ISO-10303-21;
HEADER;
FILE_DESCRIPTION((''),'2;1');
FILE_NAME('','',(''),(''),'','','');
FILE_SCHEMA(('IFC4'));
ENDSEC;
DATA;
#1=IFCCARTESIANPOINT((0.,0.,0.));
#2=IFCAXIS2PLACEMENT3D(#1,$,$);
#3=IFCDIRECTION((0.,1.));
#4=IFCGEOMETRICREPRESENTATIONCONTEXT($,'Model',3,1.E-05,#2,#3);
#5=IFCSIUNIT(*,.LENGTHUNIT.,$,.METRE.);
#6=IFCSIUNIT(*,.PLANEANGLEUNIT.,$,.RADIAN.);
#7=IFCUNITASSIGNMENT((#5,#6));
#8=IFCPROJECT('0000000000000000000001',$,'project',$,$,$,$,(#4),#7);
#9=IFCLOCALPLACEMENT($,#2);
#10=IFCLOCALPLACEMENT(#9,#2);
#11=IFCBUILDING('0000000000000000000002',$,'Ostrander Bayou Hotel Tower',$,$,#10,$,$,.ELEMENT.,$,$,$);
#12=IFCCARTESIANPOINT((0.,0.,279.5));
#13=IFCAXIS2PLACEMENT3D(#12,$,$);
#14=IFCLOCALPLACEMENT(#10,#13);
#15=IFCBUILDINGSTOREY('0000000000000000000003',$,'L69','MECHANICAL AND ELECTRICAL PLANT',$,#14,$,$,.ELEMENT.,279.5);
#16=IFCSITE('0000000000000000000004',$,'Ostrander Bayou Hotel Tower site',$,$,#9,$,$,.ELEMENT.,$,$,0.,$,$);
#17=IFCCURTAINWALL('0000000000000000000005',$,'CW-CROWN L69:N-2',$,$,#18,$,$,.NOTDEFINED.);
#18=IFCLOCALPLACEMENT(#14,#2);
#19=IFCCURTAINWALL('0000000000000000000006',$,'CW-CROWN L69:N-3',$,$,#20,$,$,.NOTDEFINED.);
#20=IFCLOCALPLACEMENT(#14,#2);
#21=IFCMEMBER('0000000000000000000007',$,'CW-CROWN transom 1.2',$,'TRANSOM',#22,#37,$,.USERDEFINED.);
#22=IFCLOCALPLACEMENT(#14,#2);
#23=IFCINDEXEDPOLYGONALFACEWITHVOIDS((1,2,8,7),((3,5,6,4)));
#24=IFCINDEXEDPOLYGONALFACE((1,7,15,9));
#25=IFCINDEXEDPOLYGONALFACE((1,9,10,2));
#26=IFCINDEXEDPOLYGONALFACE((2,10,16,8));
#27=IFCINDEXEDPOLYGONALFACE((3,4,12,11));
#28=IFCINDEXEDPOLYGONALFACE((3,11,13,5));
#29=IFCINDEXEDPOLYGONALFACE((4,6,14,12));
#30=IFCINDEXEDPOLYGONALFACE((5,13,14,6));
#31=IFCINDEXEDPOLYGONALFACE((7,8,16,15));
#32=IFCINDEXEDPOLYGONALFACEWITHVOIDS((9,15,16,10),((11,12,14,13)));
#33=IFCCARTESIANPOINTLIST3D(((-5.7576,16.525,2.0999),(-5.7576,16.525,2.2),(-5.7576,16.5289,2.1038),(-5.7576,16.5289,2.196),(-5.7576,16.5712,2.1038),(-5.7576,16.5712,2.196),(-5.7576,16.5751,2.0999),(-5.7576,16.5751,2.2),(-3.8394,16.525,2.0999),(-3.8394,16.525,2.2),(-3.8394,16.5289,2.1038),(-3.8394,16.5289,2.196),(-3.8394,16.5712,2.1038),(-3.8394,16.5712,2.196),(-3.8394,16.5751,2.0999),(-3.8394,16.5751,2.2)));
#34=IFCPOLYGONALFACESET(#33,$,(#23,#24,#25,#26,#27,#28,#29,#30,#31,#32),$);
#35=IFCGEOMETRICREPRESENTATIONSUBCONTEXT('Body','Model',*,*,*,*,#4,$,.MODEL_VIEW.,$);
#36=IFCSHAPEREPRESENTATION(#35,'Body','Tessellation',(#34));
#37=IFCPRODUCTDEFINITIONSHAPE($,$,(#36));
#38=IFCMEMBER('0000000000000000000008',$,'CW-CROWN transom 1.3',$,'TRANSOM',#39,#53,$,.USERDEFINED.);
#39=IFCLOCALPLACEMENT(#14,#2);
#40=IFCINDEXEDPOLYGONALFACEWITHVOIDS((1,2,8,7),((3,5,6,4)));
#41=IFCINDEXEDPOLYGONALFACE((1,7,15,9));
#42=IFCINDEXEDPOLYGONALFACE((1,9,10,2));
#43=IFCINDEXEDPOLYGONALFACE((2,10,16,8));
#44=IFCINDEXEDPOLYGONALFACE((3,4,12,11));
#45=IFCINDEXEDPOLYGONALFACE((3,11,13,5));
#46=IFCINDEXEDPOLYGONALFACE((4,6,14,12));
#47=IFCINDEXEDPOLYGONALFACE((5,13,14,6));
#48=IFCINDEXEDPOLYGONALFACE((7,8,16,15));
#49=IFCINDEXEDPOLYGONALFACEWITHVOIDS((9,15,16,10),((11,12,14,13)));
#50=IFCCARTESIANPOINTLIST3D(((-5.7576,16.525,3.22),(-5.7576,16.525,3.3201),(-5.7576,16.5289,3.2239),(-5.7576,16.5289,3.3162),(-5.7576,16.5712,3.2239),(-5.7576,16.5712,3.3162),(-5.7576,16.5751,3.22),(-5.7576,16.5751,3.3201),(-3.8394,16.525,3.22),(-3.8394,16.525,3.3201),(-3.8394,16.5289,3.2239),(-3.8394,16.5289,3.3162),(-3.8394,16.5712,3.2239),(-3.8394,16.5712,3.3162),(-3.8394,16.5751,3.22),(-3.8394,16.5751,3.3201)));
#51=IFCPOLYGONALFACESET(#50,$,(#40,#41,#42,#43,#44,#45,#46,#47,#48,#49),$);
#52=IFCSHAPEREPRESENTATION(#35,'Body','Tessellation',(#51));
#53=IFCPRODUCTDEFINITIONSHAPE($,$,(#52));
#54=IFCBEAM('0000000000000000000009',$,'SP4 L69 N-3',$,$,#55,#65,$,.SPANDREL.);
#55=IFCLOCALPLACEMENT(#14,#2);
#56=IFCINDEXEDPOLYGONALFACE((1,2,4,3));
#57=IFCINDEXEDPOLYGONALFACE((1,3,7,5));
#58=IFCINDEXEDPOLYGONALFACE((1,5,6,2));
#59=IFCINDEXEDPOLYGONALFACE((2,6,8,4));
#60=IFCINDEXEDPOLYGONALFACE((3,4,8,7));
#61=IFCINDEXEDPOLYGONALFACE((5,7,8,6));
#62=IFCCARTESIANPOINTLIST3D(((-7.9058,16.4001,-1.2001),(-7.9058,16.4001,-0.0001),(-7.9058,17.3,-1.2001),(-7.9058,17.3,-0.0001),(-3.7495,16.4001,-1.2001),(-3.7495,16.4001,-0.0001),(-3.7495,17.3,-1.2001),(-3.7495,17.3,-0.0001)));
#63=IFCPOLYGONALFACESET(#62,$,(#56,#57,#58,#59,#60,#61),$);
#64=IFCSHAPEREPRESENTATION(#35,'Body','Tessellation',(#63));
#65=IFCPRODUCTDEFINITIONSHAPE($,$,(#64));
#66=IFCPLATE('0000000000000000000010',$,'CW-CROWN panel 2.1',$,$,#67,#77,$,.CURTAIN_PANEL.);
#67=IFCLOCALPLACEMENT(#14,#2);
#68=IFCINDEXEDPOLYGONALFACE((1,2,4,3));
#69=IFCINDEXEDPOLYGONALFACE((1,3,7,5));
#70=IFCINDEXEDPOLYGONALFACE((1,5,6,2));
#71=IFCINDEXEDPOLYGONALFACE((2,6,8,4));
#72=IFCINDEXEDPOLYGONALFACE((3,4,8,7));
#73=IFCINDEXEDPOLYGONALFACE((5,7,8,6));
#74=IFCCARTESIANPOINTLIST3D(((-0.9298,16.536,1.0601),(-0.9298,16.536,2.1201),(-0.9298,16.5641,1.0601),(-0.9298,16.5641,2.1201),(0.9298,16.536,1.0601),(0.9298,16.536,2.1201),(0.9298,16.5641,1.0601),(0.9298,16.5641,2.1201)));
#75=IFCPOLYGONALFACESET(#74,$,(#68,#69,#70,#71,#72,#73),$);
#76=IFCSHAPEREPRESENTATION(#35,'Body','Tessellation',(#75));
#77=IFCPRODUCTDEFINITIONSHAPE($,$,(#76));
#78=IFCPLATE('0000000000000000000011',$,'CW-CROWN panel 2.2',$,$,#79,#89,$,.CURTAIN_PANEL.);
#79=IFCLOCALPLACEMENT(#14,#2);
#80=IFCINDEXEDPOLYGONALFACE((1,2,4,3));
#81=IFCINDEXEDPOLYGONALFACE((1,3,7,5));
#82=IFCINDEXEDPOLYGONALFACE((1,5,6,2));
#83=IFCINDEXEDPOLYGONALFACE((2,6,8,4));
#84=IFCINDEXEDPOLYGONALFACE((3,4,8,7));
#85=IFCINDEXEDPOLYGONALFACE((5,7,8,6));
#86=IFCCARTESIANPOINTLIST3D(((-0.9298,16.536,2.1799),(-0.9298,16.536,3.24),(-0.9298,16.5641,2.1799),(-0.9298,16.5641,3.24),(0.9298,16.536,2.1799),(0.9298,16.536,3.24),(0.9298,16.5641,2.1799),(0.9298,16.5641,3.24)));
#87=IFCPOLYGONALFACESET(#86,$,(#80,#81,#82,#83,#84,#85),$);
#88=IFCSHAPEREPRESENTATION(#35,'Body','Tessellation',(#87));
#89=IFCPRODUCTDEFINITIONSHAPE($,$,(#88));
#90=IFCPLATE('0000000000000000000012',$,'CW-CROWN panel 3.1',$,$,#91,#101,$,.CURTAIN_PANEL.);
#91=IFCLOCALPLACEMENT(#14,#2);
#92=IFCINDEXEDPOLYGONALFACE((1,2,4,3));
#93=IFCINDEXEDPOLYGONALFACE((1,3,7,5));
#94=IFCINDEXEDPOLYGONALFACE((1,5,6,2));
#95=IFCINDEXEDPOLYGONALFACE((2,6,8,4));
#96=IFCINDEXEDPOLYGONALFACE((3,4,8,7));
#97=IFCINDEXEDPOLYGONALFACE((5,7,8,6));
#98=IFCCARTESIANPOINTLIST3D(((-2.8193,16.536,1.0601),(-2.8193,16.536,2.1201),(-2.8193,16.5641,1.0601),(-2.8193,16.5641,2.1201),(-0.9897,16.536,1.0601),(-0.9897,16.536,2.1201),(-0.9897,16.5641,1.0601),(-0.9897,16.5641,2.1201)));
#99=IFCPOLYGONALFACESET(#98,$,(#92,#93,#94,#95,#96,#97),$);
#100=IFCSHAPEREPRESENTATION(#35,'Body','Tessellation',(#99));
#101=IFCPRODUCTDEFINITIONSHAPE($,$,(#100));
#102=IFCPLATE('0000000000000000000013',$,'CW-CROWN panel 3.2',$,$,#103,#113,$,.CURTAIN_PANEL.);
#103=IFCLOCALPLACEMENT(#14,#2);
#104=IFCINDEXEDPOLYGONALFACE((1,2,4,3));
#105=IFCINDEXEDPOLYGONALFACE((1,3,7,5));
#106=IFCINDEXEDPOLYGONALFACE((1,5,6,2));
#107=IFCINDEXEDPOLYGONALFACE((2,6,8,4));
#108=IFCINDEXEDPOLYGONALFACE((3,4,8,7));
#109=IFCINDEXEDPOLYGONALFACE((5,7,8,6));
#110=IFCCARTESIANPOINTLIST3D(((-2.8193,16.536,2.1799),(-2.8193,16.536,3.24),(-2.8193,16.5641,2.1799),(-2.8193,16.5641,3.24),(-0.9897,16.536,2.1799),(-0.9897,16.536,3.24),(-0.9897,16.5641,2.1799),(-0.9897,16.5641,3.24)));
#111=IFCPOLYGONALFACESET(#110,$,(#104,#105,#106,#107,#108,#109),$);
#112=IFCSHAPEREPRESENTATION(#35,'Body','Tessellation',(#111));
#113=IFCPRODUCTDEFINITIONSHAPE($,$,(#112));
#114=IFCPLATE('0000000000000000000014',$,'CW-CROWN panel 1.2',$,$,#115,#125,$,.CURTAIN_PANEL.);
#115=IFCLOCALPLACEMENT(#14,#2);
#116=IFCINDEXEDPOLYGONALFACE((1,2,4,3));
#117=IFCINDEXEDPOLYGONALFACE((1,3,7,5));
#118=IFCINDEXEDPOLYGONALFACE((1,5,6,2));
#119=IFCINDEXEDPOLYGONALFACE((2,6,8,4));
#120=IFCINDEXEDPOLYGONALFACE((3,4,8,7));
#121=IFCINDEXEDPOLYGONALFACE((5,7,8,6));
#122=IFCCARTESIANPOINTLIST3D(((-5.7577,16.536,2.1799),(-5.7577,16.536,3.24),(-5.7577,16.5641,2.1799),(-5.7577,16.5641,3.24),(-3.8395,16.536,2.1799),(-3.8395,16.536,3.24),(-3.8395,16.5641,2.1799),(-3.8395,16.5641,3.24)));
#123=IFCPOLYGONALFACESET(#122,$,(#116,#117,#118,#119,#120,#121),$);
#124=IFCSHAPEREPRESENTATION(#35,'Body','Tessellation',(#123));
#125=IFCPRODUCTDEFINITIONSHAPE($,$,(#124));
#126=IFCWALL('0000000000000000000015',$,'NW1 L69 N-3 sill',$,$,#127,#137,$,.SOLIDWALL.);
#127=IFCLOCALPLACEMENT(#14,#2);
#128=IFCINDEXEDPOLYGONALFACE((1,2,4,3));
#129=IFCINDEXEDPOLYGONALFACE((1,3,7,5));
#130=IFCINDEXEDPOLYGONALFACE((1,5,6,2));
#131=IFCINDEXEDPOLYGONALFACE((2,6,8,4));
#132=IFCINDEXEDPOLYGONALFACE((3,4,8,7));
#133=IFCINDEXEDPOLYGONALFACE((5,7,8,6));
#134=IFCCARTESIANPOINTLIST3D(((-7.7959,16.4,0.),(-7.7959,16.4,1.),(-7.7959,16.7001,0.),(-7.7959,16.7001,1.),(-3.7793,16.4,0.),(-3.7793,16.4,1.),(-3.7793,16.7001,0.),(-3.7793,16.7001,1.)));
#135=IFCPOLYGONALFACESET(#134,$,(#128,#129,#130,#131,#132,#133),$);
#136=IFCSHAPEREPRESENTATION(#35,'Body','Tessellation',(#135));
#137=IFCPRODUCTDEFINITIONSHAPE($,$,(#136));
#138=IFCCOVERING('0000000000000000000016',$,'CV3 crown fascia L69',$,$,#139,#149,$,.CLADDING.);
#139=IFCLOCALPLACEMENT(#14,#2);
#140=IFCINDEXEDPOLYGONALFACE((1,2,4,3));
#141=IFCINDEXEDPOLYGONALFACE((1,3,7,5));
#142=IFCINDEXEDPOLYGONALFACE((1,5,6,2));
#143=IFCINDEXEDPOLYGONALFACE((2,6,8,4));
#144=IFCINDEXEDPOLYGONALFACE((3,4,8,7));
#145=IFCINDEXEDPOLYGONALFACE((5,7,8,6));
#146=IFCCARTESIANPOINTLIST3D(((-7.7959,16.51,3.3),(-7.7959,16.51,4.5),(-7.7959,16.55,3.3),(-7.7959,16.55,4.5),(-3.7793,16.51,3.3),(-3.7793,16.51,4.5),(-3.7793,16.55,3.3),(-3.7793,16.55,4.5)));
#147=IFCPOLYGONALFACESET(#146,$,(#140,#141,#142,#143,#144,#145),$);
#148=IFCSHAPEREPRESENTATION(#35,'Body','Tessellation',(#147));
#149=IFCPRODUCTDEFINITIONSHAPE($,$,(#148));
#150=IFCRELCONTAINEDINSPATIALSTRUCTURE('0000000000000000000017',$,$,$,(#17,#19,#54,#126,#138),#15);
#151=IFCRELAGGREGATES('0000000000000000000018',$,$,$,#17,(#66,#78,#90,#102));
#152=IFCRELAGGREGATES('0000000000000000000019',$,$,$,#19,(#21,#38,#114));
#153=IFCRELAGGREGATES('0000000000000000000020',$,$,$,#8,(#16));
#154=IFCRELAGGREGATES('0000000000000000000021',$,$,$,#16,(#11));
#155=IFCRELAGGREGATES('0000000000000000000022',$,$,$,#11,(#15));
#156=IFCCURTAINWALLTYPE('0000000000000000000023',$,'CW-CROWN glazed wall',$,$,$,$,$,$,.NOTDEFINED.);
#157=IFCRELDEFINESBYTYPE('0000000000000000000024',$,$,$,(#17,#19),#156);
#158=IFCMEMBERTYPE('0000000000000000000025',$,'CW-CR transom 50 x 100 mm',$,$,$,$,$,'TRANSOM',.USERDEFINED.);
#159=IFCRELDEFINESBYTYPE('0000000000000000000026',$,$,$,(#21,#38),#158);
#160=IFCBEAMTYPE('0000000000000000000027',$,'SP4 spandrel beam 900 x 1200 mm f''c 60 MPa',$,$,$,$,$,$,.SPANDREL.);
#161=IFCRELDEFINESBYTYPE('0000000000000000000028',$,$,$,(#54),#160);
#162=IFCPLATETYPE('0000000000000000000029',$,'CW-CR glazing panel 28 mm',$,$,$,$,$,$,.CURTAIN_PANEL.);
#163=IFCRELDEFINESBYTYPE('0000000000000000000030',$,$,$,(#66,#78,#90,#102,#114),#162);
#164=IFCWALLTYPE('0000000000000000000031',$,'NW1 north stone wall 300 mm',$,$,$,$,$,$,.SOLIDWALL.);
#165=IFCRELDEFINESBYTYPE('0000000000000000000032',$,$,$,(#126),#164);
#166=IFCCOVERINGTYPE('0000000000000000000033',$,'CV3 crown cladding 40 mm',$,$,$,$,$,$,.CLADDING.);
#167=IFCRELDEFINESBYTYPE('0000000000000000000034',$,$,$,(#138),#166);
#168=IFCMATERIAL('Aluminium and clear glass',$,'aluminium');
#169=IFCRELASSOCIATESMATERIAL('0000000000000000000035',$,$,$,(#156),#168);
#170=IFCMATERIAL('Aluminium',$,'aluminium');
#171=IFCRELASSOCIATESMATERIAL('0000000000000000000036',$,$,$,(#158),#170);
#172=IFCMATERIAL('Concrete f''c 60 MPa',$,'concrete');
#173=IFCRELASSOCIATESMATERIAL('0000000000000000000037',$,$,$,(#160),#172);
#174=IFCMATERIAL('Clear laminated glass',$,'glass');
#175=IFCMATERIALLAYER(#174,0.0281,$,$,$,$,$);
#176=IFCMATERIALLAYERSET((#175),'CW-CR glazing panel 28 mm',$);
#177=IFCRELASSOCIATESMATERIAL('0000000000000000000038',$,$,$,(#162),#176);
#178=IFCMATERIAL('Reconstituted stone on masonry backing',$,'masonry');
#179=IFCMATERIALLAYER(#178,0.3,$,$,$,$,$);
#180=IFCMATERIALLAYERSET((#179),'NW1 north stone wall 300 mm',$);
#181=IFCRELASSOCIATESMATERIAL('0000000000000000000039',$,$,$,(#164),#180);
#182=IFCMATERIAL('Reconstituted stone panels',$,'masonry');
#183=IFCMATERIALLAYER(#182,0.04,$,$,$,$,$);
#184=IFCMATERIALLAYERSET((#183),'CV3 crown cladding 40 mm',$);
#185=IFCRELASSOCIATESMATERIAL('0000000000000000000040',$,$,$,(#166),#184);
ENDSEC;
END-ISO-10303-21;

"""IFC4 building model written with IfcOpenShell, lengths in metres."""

from ifc_helpers import new_model, si_unit, direction, frame, frame_2d, origin, origin_2d, place, context, subcontext, project, spatial, polyline, rectangle, hollow_rectangle, outline, extrude, material, layer, layer_set, material_profile, profile_set, type_object, element, aggregate, save


model = new_model("IFC4")

# Units and contexts
model_context = context("Model", 3, precision=1e-05, world=origin(), true_north=direction((0.0, 1.0)))
body_context = subcontext(model_context, "Body", "Model", "MODEL_VIEW")
ifc_project = project(units=[si_unit("LENGTHUNIT", "METRE"), si_unit("PLANEANGLEUNIT", "RADIAN")], contexts=[model_context])

# Site, building, storey
site_placement = place(None, origin())
site = spatial("IfcSite", under=ifc_project, at=site_placement, Name="Ostrander Bayou Hotel Tower site", CompositionType="ELEMENT", RefElevation=0.0)
building_placement = place(site_placement, origin())
building = spatial("IfcBuilding", under=site, at=building_placement, Name="Ostrander Bayou Hotel Tower", CompositionType="ELEMENT")
storey_placement = place(building_placement, frame((0.0, 0.0, 279.5)))
storey = spatial("IfcBuildingStorey", under=building, at=storey_placement, Name="L69", Description="MECHANICAL AND ELECTRICAL PLANT", CompositionType="ELEMENT", Elevation=279.5)

# Curtain wall
ifc_material_1 = material(Name="Aluminium and clear glass", Category="aluminium")
curtain_wall_type = type_object("IfcCurtainWallType", Name="CW-CROWN glazed wall", PredefinedType="NOTDEFINED", material=ifc_material_1)
curtain_wall_1_placement = place(storey_placement, origin())
curtain_wall_1 = element("IfcCurtainWall", 1, at=curtain_wall_1_placement, inside=storey, type_object=curtain_wall_type, Name="CW-CROWN L69:N-2", PredefinedType="NOTDEFINED")

# Curtain wall
curtain_wall_2_placement = place(storey_placement, origin())
curtain_wall_2 = element("IfcCurtainWall", 2, at=curtain_wall_2_placement, inside=storey, type_object=curtain_wall_type, Name="CW-CROWN L69:N-3", PredefinedType="NOTDEFINED")

# Members
ifc_material_2 = material(Name="Aluminium", Category="aluminium")
ifc_material_profile_1 = material_profile(ifc_material_2, hollow_rectangle(XDim=0.05, YDim=0.1001, WallThickness=0.0039, at=origin_2d()))
ifc_profile_set_1 = profile_set([ifc_material_profile_1], Name="Aluminium")
member_type_1 = type_object("IfcMemberType", Name="CW-CR transom 50 x 100 mm", ElementType="TRANSOM", PredefinedType="USERDEFINED", material=ifc_profile_set_1)
member_1_placement = place(storey_placement, frame((-3.8394, 16.55, 2.1499), z_axis=(-1.0, 0.0, 0.0), x_axis=(0.0, -1.0, 0.0)))
member_1 = element("IfcMember", 3, at=member_1_placement, type_object=member_type_1, Name="CW-CROWN transom 1.2", ObjectType="TRANSOM", PredefinedType="USERDEFINED", context=body_context, shape_type="SweptSolid", body=[
    extrude(hollow_rectangle(XDim=0.05, YDim=0.1001, WallThickness=0.0039, at=origin_2d()), origin(), (0.0, 0.0, 1.0), 1.9182),
])
member_2_placement = place(storey_placement, frame((-3.8394, 16.55, 3.27), z_axis=(-1.0, 0.0, 0.0), x_axis=(0.0, -1.0, 0.0)))
member_2 = element("IfcMember", 4, at=member_2_placement, type_object=member_type_1, Name="CW-CROWN transom 1.3", ObjectType="TRANSOM", PredefinedType="USERDEFINED", context=body_context, shape_type="SweptSolid", body=[
    extrude(hollow_rectangle(XDim=0.05, YDim=0.1001, WallThickness=0.0039, at=origin_2d()), origin(), (0.0, 0.0, 1.0), 1.9182),
])

# Beam
ifc_material_3 = material(Name="Concrete f'c 60 MPa", Category="concrete")
ifc_material_profile_2 = material_profile(ifc_material_3, rectangle(XDim=0.8999, YDim=1.2, at=origin_2d()))
ifc_profile_set_2 = profile_set([ifc_material_profile_2], Name="Concrete f'c 60 MPa")
beam_type = type_object("IfcBeamType", Name="SP4 spandrel beam 900 x 1200 mm f'c 60 MPa", PredefinedType="SPANDREL", material=ifc_profile_set_2)
beam_placement = place(storey_placement, frame((-3.7495, 16.8501, -0.6001), z_axis=(-1.0, 0.0, 0.0), x_axis=(0.0, -1.0, 0.0)))
element("IfcBeam", 5, at=beam_placement, inside=storey, type_object=beam_type, Name="SP4 L69 N-3", PredefinedType="SPANDREL", context=body_context, shape_type="SweptSolid", body=[
    extrude(rectangle(XDim=0.8999, YDim=1.2, at=origin_2d()), origin(), (0.0, 0.0, 1.0), 4.1562),
])

# Plates
ifc_material_4 = material(Name="Clear laminated glass", Category="glass")
ifc_layer_1 = layer(ifc_material_4, 0.0281)
ifc_layer_set_1 = layer_set([ifc_layer_1], Name="CW-CR glazing panel 28 mm")
plate_type = type_object("IfcPlateType", Name="CW-CR glazing panel 28 mm", PredefinedType="CURTAIN_PANEL", material=ifc_layer_set_1)
plate_1_placement = place(storey_placement, frame((0.0, 16.55, 1.0601), z_axis=(0.0, 0.0, 1.0), x_axis=(-1.0, 0.0, 0.0)))
plate_1 = element("IfcPlate", 6, at=plate_1_placement, type_object=plate_type, Name="CW-CROWN panel 2.1", PredefinedType="CURTAIN_PANEL", context=body_context, shape_type="SweptSolid", body=[
    extrude(rectangle(XDim=1.8596, YDim=0.0281, at=origin_2d()), origin(), (0.0, 0.0, 1.0), 1.0601),
])
plate_2_placement = place(storey_placement, frame((0.0, 16.55, 2.1799), z_axis=(0.0, 0.0, 1.0), x_axis=(-1.0, 0.0, 0.0)))
plate_2 = element("IfcPlate", 7, at=plate_2_placement, type_object=plate_type, Name="CW-CROWN panel 2.2", PredefinedType="CURTAIN_PANEL", context=body_context, shape_type="SweptSolid", body=[
    extrude(rectangle(XDim=1.8596, YDim=0.0281, at=origin_2d()), origin(), (0.0, 0.0, 1.0), 1.0601),
])
plate_3_placement = place(storey_placement, frame((-1.9045, 16.55, 1.0601), z_axis=(0.0, 0.0, 1.0), x_axis=(-1.0, 0.0, 0.0)))
plate_3 = element("IfcPlate", 8, at=plate_3_placement, type_object=plate_type, Name="CW-CROWN panel 3.1", PredefinedType="CURTAIN_PANEL", context=body_context, shape_type="SweptSolid", body=[
    extrude(rectangle(XDim=1.8296, YDim=0.0281, at=origin_2d()), origin(), (0.0, 0.0, 1.0), 1.0601),
])
plate_4_placement = place(storey_placement, frame((-1.9045, 16.55, 2.1799), z_axis=(0.0, 0.0, 1.0), x_axis=(-1.0, 0.0, 0.0)))
plate_4 = element("IfcPlate", 9, at=plate_4_placement, type_object=plate_type, Name="CW-CROWN panel 3.2", PredefinedType="CURTAIN_PANEL", context=body_context, shape_type="SweptSolid", body=[
    extrude(rectangle(XDim=1.8296, YDim=0.0281, at=origin_2d()), origin(), (0.0, 0.0, 1.0), 1.0601),
])
aggregate(curtain_wall_1, [plate_1, plate_2, plate_3, plate_4])
plate_5_placement = place(storey_placement, frame((-4.7986, 16.55, 2.1799), z_axis=(0.0, 0.0, 1.0), x_axis=(-1.0, 0.0, 0.0)))
plate_5 = element("IfcPlate", 10, at=plate_5_placement, type_object=plate_type, Name="CW-CROWN panel 1.2", PredefinedType="CURTAIN_PANEL", context=body_context, shape_type="SweptSolid", body=[
    extrude(rectangle(XDim=1.9182, YDim=0.0281, at=origin_2d()), origin(), (0.0, 0.0, 1.0), 1.0601),
])
aggregate(curtain_wall_2, [member_1, member_2, plate_5])

# Wall
ifc_material_5 = material(Name="Reconstituted stone on masonry backing", Category="masonry")
ifc_layer_2 = layer(ifc_material_5, 0.3)
ifc_layer_set_2 = layer_set([ifc_layer_2], Name="NW1 north stone wall 300 mm")
wall_type = type_object("IfcWallType", Name="NW1 north stone wall 300 mm", PredefinedType="SOLIDWALL", material=ifc_layer_set_2)
wall_placement = place(storey_placement, frame((-3.7793, 16.55, 0.0), z_axis=(0.0, 0.0, 1.0), x_axis=(-1.0, 0.0, 0.0)))
element("IfcWall", 11, at=wall_placement, inside=storey, type_object=wall_type, Name="NW1 L69 N-3 sill", PredefinedType="SOLIDWALL", context=body_context, shape_type="SweptSolid", body=[
    extrude(rectangle(XDim=4.0166, YDim=0.3, at=frame_2d((2.0083, 0.0))), origin(), (0.0, 0.0, 1.0), 1.0),
])

# Covering
ifc_material_6 = material(Name="Reconstituted stone panels", Category="masonry")
ifc_layer_3 = layer(ifc_material_6, 0.04)
ifc_layer_set_3 = layer_set([ifc_layer_3], Name="CV3 crown cladding 40 mm")
covering_type = type_object("IfcCoveringType", Name="CV3 crown cladding 40 mm", PredefinedType="CLADDING", material=ifc_layer_set_3)
covering_placement = place(storey_placement, frame((-3.7793, 16.55, 3.3), z_axis=(0.0, 1.0, 0.0), x_axis=(-1.0, 0.0, 0.0)))
element("IfcCovering", 12, at=covering_placement, inside=storey, type_object=covering_type, Name="CV3 crown fascia L69", PredefinedType="CLADDING", context=body_context, shape_type="SweptSolid", body=[
    extrude(outline(polyline([(0.0, 0.0), (4.0166, 0.0), (4.0166, 1.2), (0.0, 1.2), (0.0, 0.0)])), origin(), (0.0, 0.0, -1.0), 0.04),
])

save(model, "model.ifc")
